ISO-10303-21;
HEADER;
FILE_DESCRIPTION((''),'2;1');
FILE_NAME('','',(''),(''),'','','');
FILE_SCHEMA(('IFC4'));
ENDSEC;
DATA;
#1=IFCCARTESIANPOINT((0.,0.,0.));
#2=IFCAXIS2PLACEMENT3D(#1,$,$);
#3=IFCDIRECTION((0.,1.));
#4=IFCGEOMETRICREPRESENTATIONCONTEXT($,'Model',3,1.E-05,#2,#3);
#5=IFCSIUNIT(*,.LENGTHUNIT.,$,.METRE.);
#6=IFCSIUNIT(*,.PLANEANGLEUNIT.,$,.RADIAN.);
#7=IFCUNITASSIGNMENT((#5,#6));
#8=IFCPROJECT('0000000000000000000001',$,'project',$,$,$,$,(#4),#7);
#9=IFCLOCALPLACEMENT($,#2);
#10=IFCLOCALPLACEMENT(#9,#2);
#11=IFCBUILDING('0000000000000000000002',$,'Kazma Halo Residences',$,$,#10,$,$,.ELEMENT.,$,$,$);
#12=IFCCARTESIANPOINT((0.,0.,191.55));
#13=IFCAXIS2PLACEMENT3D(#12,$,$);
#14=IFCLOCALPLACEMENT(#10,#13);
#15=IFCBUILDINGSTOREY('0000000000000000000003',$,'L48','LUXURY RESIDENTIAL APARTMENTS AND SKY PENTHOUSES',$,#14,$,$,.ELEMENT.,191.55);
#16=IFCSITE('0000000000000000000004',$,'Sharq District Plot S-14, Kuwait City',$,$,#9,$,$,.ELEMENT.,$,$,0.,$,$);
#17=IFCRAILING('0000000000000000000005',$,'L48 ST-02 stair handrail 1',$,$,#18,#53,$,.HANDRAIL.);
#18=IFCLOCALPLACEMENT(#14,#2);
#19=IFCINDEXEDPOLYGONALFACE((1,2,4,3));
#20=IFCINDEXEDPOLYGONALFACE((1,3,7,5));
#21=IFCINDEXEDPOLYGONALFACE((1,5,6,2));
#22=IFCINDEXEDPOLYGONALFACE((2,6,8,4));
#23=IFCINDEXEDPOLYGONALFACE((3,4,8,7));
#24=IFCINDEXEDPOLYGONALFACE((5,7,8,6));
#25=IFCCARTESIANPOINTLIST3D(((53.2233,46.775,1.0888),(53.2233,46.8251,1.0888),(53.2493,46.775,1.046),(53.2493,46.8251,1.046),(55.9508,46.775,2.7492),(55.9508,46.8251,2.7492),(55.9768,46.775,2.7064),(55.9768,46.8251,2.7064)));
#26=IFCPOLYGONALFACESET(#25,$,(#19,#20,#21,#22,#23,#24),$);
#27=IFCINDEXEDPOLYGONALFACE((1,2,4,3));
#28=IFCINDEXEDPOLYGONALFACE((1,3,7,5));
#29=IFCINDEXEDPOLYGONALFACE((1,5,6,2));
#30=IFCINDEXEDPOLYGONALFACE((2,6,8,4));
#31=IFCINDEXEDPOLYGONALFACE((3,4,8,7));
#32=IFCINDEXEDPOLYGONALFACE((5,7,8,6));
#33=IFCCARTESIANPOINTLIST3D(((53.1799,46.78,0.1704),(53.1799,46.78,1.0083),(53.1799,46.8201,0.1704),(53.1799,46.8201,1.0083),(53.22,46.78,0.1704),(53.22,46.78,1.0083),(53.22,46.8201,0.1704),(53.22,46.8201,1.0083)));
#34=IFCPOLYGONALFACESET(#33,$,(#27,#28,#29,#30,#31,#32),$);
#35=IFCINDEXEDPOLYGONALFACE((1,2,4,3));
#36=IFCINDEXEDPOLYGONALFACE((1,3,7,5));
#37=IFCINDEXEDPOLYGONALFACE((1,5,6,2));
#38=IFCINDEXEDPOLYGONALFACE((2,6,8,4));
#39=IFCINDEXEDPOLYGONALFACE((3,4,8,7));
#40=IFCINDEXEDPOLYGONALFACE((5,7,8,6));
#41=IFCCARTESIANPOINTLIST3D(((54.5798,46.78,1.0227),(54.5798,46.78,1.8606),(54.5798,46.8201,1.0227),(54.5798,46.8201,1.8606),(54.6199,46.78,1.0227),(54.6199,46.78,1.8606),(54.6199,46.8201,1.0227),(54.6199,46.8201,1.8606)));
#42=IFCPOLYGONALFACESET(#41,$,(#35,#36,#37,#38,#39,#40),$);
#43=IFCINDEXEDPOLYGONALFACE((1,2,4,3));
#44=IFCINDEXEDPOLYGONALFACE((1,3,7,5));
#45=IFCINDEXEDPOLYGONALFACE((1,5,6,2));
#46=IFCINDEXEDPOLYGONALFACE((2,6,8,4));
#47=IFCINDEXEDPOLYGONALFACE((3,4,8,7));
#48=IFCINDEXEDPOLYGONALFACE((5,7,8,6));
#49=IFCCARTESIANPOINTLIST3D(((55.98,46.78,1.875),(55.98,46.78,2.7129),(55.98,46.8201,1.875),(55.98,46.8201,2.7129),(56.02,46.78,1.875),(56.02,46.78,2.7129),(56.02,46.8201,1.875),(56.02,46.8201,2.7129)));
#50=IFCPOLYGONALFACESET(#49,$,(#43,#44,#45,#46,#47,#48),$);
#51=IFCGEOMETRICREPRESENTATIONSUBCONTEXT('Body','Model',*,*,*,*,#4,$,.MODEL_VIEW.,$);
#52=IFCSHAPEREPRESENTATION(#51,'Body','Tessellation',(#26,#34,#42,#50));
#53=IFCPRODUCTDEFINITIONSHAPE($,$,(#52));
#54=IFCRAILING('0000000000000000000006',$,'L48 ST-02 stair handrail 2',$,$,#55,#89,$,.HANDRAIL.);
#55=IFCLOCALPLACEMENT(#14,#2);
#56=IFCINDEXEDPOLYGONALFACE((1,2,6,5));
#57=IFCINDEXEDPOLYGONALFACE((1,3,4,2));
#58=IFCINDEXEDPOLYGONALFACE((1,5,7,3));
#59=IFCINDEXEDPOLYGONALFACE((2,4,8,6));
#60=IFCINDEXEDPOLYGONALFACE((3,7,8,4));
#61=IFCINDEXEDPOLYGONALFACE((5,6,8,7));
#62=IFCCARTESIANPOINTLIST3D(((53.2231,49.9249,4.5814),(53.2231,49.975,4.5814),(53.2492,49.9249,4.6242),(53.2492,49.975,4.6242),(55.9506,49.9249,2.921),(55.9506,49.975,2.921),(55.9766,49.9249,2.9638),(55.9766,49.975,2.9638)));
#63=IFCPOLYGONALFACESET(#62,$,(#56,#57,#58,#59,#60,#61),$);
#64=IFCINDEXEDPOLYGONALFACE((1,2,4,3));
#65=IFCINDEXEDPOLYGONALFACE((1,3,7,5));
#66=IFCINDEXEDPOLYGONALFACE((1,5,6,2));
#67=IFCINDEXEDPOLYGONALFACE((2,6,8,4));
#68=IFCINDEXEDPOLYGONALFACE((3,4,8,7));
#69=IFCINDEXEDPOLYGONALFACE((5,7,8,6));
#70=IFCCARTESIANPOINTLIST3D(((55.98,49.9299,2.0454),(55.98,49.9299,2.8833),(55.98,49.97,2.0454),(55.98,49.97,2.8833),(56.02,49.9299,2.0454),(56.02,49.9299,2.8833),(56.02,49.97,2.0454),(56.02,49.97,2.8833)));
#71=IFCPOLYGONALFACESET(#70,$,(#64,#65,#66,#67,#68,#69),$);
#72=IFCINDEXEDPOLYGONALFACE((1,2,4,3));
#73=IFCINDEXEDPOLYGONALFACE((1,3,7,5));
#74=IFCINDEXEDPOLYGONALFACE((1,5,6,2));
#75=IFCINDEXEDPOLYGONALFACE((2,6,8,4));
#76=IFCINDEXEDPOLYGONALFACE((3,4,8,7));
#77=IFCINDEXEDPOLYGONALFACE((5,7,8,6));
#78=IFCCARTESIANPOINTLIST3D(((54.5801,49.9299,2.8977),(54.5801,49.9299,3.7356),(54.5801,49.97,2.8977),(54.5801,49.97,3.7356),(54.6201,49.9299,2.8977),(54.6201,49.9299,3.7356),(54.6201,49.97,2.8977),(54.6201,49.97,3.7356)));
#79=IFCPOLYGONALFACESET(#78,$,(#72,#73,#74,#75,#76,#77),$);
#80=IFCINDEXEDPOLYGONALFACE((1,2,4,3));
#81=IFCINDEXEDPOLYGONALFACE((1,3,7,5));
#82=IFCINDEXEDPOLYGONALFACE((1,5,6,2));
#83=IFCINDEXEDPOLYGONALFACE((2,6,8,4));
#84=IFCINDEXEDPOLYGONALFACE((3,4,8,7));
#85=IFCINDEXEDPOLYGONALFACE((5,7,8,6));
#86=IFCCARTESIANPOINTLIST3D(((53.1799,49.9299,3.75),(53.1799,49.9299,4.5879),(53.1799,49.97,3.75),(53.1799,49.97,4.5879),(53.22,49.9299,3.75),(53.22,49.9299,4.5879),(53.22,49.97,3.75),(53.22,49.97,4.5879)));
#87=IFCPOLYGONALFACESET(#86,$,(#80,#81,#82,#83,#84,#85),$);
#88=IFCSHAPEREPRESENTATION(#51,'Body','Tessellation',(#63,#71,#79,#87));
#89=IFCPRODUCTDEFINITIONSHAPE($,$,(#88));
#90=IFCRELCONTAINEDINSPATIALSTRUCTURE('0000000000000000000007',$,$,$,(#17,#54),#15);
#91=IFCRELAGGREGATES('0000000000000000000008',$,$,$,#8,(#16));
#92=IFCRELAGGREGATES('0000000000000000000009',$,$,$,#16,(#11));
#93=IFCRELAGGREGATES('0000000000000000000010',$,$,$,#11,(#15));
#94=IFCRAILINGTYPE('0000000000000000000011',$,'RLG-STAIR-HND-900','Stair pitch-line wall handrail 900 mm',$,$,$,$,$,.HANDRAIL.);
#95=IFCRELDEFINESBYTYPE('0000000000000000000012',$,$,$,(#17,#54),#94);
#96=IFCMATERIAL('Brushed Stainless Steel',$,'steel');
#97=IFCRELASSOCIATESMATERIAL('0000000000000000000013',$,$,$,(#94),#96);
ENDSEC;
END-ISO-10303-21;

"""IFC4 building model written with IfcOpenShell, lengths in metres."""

from ifc_helpers import new_model, si_unit, direction, frame, origin, origin_2d, place, context, subcontext, project, spatial, rectangle, extrude, material, type_object, element, save


model = new_model("IFC4")

# Units and contexts
model_context = context("Model", 3, precision=1e-05, world=origin(), true_north=direction((0.0, 1.0)))
body_context = subcontext(model_context, "Body", "Model", "MODEL_VIEW")
ifc_project = project(units=[si_unit("LENGTHUNIT", "METRE"), si_unit("PLANEANGLEUNIT", "RADIAN")], contexts=[model_context])

# Site, building, storey
site_placement = place(None, origin())
site = spatial("IfcSite", under=ifc_project, at=site_placement, Name="Sharq District Plot S-14, Kuwait City", CompositionType="ELEMENT", RefElevation=0.0)
building_placement = place(site_placement, origin())
building = spatial("IfcBuilding", under=site, at=building_placement, Name="Kazma Halo Residences", CompositionType="ELEMENT")
storey_placement = place(building_placement, frame((0.0, 0.0, 191.55)))
storey = spatial("IfcBuildingStorey", under=building, at=storey_placement, Name="L48", Description="LUXURY RESIDENTIAL APARTMENTS AND SKY PENTHOUSES", CompositionType="ELEMENT", Elevation=191.55)

# Railings
ifc_material_1 = material(Name="Brushed Stainless Steel", Category="steel")
railing_type_1 = type_object("IfcRailingType", Name="RLG-STAIR-HND-900", Description="Stair pitch-line wall handrail 900 mm", PredefinedType="HANDRAIL", material=ifc_material_1)
railing_1_placement = place(storey_placement, frame((53.2, 46.8, 0.1704)))
element("IfcRailing", 1, at=railing_1_placement, inside=storey, type_object=railing_type_1, Name="L48 ST-02 stair handrail 1", PredefinedType="HANDRAIL", context=body_context, shape_type="SweptSolid", body=[
    extrude(rectangle(XDim=0.05, YDim=0.05, at=origin_2d()), frame((0.0364, 0.0, 0.897), z_axis=(0.85417, 0.0, 0.519994), x_axis=(0.0, 1.0, 0.0)), (0.0, 0.0, 1.0), 3.1931),
    extrude(rectangle(XDim=0.04, YDim=0.04, at=origin_2d()), origin(), (0.0, 0.0, 1.0), 0.8379),
    extrude(rectangle(XDim=0.04, YDim=0.04, at=origin_2d()), frame((1.3999, 0.0, 0.8523)), (0.0, 0.0, 1.0), 0.8379),
    extrude(rectangle(XDim=0.04, YDim=0.04, at=origin_2d()), frame((2.8, 0.0, 1.7046)), (0.0, 0.0, 1.0), 0.8379),
])
railing_2_placement = place(storey_placement, frame((56.0, 49.95, 2.0454)))
element("IfcRailing", 2, at=railing_2_placement, inside=storey, type_object=railing_type_1, Name="L48 ST-02 stair handrail 2", PredefinedType="HANDRAIL", context=body_context, shape_type="SweptSolid", body=[
    extrude(rectangle(XDim=0.05, YDim=0.05, at=origin_2d()), frame((-0.0364, 0.0, 0.897), z_axis=(-0.85417, 0.0, 0.519994), x_axis=(0.0, -1.0, 0.0)), (0.0, 0.0, 1.0), 3.1931),
    extrude(rectangle(XDim=0.04, YDim=0.04, at=origin_2d()), origin(), (0.0, 0.0, 1.0), 0.8379),
    extrude(rectangle(XDim=0.04, YDim=0.04, at=origin_2d()), frame((-1.3999, 0.0, 0.8523)), (0.0, 0.0, 1.0), 0.8379),
    extrude(rectangle(XDim=0.04, YDim=0.04, at=origin_2d()), frame((-2.8, 0.0, 1.7046)), (0.0, 0.0, 1.0), 0.8379),
])

save(model, "model.ifc")
